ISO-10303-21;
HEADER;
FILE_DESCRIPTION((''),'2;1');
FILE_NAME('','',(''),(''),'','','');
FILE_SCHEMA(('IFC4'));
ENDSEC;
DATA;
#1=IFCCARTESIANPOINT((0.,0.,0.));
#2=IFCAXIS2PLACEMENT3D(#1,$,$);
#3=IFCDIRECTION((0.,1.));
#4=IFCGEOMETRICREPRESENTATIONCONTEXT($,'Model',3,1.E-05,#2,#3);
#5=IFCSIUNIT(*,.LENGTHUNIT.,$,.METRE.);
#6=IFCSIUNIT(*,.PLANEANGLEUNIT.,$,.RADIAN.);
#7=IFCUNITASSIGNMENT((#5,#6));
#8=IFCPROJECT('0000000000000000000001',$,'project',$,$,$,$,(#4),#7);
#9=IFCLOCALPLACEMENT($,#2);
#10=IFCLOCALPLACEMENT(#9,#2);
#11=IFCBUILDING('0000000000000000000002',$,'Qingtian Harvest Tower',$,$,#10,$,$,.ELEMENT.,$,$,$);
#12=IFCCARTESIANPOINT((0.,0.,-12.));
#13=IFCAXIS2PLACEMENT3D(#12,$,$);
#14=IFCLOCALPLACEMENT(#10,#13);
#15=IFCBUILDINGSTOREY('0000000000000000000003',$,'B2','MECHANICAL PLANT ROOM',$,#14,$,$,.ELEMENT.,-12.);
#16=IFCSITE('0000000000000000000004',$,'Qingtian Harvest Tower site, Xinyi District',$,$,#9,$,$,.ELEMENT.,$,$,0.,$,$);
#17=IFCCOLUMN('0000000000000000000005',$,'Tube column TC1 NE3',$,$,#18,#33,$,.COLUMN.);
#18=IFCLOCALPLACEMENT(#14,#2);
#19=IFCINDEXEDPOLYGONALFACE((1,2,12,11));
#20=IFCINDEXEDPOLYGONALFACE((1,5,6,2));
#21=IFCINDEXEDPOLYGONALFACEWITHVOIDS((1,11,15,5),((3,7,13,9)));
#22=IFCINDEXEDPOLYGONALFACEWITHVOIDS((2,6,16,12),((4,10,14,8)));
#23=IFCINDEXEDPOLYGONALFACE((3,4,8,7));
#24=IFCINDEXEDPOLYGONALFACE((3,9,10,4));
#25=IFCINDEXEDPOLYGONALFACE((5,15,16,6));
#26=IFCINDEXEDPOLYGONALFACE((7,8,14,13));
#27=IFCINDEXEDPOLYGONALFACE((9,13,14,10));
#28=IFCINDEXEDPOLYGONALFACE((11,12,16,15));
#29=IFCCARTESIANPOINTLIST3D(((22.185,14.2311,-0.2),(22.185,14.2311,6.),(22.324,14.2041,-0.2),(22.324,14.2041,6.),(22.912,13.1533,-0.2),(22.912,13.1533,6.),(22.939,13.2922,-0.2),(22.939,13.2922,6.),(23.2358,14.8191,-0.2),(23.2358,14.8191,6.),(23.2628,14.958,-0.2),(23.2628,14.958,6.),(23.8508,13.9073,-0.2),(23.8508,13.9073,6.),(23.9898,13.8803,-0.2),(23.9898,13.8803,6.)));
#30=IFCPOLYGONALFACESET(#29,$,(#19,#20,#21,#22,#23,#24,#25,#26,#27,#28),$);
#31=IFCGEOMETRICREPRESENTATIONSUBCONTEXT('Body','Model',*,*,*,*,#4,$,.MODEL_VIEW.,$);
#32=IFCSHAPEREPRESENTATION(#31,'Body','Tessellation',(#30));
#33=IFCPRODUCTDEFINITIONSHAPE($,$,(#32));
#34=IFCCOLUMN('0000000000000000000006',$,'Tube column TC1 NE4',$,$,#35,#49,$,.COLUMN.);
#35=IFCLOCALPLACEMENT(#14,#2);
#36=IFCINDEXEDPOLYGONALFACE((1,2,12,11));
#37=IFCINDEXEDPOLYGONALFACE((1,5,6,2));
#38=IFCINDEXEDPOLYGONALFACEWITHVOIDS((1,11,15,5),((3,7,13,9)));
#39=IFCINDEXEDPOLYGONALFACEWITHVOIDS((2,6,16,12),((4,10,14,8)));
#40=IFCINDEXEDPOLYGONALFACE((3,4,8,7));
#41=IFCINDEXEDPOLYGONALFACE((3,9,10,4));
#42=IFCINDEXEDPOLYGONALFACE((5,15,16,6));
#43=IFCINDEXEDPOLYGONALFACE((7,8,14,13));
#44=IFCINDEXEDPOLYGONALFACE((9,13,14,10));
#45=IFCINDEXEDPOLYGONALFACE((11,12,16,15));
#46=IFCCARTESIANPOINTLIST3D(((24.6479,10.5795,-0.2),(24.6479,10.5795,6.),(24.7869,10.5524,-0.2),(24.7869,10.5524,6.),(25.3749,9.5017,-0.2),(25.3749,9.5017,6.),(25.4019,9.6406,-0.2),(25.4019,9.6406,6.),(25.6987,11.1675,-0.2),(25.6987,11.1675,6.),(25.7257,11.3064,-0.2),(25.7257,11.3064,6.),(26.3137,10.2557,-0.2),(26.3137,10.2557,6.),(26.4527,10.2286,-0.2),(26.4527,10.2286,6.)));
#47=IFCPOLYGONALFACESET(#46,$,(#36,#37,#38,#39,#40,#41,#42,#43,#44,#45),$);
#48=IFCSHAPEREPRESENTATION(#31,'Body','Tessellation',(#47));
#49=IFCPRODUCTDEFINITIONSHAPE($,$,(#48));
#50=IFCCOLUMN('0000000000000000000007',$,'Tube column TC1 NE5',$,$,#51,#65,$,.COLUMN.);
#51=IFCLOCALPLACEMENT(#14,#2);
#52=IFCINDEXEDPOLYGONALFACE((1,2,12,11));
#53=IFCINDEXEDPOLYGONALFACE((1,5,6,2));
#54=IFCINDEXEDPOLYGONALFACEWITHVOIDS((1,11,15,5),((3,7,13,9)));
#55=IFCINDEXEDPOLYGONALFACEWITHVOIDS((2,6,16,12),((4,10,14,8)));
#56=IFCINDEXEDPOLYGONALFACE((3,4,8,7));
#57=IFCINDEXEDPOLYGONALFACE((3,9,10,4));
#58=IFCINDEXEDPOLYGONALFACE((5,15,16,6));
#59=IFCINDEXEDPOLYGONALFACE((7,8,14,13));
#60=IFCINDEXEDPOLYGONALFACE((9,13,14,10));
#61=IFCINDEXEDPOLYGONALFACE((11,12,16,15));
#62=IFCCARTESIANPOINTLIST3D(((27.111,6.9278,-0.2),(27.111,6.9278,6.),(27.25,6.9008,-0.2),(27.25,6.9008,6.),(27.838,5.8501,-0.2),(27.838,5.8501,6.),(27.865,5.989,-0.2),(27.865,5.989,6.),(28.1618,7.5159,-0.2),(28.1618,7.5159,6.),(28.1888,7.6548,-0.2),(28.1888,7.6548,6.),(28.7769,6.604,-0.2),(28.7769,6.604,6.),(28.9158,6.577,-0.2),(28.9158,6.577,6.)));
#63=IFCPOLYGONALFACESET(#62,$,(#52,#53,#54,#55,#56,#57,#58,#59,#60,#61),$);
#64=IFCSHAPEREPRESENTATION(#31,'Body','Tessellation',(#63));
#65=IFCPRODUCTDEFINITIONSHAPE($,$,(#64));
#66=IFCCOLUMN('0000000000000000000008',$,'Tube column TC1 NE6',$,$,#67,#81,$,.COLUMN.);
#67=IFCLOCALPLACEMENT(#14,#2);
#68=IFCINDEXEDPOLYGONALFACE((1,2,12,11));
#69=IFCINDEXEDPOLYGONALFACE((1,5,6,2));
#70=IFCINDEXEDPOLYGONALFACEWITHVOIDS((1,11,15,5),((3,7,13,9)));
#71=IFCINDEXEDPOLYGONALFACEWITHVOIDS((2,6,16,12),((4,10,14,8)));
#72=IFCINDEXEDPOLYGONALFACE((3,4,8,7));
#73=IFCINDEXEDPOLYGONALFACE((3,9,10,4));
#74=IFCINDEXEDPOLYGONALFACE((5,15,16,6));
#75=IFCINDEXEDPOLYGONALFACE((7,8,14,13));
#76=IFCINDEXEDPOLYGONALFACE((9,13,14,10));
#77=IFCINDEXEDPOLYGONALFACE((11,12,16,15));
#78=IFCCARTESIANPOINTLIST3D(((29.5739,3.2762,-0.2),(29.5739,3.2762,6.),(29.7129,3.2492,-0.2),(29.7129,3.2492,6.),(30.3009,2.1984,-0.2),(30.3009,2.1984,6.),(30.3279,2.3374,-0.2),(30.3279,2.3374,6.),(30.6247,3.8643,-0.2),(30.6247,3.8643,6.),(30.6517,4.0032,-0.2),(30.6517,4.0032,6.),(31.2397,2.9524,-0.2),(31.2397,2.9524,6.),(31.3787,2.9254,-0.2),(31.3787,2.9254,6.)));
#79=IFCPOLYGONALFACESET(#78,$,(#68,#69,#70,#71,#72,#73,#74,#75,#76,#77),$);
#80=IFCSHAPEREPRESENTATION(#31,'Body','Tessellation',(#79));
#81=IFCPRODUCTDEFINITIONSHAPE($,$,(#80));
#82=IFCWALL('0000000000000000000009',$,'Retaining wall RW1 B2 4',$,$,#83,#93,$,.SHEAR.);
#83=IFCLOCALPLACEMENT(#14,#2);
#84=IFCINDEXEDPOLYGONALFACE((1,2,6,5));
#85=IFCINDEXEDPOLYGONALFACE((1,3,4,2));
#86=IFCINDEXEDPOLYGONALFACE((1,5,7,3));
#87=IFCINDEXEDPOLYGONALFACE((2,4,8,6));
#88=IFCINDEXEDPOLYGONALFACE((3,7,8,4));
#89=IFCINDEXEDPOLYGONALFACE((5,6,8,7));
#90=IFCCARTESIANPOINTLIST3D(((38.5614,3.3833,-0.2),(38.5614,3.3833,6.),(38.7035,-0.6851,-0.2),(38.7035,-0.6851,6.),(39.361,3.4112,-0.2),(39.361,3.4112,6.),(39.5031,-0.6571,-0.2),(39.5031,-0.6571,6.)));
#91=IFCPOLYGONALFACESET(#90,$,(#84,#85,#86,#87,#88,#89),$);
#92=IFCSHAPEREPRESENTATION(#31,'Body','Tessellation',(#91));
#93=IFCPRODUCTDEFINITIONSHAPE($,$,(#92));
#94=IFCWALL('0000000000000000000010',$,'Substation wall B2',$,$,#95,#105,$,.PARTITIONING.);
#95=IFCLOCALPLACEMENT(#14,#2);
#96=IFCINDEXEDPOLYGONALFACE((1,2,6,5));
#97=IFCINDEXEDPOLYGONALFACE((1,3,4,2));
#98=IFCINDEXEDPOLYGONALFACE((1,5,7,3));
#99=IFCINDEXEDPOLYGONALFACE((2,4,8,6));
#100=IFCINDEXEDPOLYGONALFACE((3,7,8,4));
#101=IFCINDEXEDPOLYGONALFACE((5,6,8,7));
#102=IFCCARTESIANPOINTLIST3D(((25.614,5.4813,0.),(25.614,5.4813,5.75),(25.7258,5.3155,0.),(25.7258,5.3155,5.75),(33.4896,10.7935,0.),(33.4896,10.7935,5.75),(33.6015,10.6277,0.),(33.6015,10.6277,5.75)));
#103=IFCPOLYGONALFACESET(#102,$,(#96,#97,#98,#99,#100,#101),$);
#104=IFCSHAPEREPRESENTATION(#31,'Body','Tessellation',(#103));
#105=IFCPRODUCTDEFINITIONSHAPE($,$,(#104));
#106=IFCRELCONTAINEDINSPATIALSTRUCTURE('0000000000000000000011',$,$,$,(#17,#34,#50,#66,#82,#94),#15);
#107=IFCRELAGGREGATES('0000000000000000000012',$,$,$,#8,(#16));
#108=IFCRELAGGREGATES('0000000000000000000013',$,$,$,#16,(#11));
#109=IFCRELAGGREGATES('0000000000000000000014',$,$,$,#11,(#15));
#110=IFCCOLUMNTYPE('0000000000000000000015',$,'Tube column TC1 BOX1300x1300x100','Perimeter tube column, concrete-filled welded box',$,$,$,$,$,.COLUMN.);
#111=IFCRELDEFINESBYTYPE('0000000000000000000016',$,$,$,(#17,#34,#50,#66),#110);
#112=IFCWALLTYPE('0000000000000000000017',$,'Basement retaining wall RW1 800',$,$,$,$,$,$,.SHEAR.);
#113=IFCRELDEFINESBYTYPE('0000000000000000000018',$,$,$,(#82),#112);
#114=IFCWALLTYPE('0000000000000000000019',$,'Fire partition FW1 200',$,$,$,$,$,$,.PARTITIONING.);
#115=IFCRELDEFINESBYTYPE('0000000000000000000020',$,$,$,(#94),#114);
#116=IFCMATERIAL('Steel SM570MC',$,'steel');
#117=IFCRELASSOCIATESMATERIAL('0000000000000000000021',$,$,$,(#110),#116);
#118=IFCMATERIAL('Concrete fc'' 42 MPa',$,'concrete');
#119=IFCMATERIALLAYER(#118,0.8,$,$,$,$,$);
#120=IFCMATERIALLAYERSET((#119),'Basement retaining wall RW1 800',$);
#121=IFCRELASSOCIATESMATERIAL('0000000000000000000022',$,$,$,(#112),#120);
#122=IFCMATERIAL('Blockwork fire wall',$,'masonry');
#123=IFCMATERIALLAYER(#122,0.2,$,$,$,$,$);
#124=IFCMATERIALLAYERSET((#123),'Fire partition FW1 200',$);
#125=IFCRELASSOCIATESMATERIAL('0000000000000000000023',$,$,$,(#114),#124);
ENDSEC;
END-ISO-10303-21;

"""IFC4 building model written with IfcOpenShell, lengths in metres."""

from ifc_helpers import new_model, si_unit, direction, frame, frame_2d, origin, origin_2d, place, context, subcontext, project, spatial, rectangle, hollow_rectangle, extrude, material, layer, layer_set, material_profile, profile_set, type_object, element, save


model = new_model("IFC4")

# Units and contexts
model_context = context("Model", 3, precision=1e-05, world=origin(), true_north=direction((0.0, 1.0)))
body_context = subcontext(model_context, "Body", "Model", "MODEL_VIEW")
ifc_project = project(units=[si_unit("LENGTHUNIT", "METRE"), si_unit("PLANEANGLEUNIT", "RADIAN")], contexts=[model_context])

# Site, building, storey
site_placement = place(None, origin())
site = spatial("IfcSite", under=ifc_project, at=site_placement, Name="Qingtian Harvest Tower site, Xinyi District", CompositionType="ELEMENT", RefElevation=0.0)
building_placement = place(site_placement, origin())
building = spatial("IfcBuilding", under=site, at=building_placement, Name="Qingtian Harvest Tower", CompositionType="ELEMENT")
storey_placement = place(building_placement, frame((0.0, 0.0, -12.0)))
storey = spatial("IfcBuildingStorey", under=building, at=storey_placement, Name="B2", Description="MECHANICAL PLANT ROOM", CompositionType="ELEMENT", Elevation=-12.0)

# Columns
ifc_material_1 = material(Name="Steel SM570MC", Category="steel")
ifc_material_profile_1 = material_profile(ifc_material_1, hollow_rectangle(XDim=1.3, YDim=1.3, WallThickness=0.1001, at=origin_2d()), Name="BOX1300x1300x100")
ifc_profile_set_1 = profile_set([ifc_material_profile_1], Name="Steel SM570MC")
column_type_1 = type_object("IfcColumnType", Name="Tube column TC1 BOX1300x1300x100", Description="Perimeter tube column, concrete-filled welded box", PredefinedType="COLUMN", material=ifc_profile_set_1)
for number, where, z_axis, x_axis, name in (
    (1, (23.0874, 14.0557, -0.2), (0.0, 0.0, 1.0), (-0.559193, 0.829038, 0.0), "Tube column TC1 NE3"),
    (2, (25.5503, 10.4041, -0.2), (0.0, 0.0, 1.0), (-0.559193, 0.829038, 0.0), "Tube column TC1 NE4"),
    (3, (28.0134, 6.7524, -0.2), (0.0, 0.0, 1.0), (-0.559193, 0.829038, 0.0), "Tube column TC1 NE5"),
    (4, (30.4763, 3.1008, -0.2), (0.0, 0.0, 1.0), (-0.559193, 0.829038, 0.0), "Tube column TC1 NE6"),
):
    element("IfcColumn", number, at=place(storey_placement, frame(where, z_axis=z_axis, x_axis=x_axis)), inside=storey, type_object=column_type_1, Name=name, PredefinedType="COLUMN", context=body_context, shape_type="SweptSolid", body=[
        extrude(hollow_rectangle(XDim=1.3, YDim=1.3, WallThickness=0.1001, at=origin_2d()), origin(), (0.0, 0.0, 1.0), 6.2),
    ])

# Walls
ifc_material_2 = material(Name="Concrete fc' 42 MPa", Category="concrete")
ifc_layer_1 = layer(ifc_material_2, 0.8)
ifc_layer_set_1 = layer_set([ifc_layer_1], Name="Basement retaining wall RW1 800")
wall_type_1 = type_object("IfcWallType", Name="Basement retaining wall RW1 800", PredefinedType="SHEAR", material=ifc_layer_set_1)
wall_1_placement = place(storey_placement, frame((38.9612, 3.3972, -0.2), z_axis=(0.0, 0.0, 1.0), x_axis=(0.034904, -0.999391, 0.0)))
element("IfcWall", 5, at=wall_1_placement, inside=storey, type_object=wall_type_1, Name="Retaining wall RW1 B2 4", PredefinedType="SHEAR", context=body_context, shape_type="SweptSolid", body=[
    extrude(rectangle(XDim=4.0708, YDim=0.8, at=frame_2d((2.0354, 0.0))), origin(), (0.0, 0.0, 1.0), 6.2),
])
ifc_material_3 = material(Name="Blockwork fire wall", Category="masonry")
ifc_layer_2 = layer(ifc_material_3, 0.2)
ifc_layer_set_2 = layer_set([ifc_layer_2], Name="Fire partition FW1 200")
wall_type_2 = type_object("IfcWallType", Name="Fire partition FW1 200", PredefinedType="PARTITIONING", material=ifc_layer_set_2)
wall_2_placement = place(storey_placement, frame((33.5457, 10.7107, 0.0), z_axis=(0.0, 0.0, 1.0), x_axis=(-0.829037, -0.559193, 0.0)))
element("IfcWall", 6, at=wall_2_placement, inside=storey, type_object=wall_type_2, Name="Substation wall B2", PredefinedType="PARTITIONING", context=body_context, shape_type="SweptSolid", body=[
    extrude(rectangle(XDim=9.4998, YDim=0.2, at=frame_2d((4.75, 0.0))), origin(), (0.0, 0.0, 1.0), 5.75),
])

save(model, "model.ifc")
